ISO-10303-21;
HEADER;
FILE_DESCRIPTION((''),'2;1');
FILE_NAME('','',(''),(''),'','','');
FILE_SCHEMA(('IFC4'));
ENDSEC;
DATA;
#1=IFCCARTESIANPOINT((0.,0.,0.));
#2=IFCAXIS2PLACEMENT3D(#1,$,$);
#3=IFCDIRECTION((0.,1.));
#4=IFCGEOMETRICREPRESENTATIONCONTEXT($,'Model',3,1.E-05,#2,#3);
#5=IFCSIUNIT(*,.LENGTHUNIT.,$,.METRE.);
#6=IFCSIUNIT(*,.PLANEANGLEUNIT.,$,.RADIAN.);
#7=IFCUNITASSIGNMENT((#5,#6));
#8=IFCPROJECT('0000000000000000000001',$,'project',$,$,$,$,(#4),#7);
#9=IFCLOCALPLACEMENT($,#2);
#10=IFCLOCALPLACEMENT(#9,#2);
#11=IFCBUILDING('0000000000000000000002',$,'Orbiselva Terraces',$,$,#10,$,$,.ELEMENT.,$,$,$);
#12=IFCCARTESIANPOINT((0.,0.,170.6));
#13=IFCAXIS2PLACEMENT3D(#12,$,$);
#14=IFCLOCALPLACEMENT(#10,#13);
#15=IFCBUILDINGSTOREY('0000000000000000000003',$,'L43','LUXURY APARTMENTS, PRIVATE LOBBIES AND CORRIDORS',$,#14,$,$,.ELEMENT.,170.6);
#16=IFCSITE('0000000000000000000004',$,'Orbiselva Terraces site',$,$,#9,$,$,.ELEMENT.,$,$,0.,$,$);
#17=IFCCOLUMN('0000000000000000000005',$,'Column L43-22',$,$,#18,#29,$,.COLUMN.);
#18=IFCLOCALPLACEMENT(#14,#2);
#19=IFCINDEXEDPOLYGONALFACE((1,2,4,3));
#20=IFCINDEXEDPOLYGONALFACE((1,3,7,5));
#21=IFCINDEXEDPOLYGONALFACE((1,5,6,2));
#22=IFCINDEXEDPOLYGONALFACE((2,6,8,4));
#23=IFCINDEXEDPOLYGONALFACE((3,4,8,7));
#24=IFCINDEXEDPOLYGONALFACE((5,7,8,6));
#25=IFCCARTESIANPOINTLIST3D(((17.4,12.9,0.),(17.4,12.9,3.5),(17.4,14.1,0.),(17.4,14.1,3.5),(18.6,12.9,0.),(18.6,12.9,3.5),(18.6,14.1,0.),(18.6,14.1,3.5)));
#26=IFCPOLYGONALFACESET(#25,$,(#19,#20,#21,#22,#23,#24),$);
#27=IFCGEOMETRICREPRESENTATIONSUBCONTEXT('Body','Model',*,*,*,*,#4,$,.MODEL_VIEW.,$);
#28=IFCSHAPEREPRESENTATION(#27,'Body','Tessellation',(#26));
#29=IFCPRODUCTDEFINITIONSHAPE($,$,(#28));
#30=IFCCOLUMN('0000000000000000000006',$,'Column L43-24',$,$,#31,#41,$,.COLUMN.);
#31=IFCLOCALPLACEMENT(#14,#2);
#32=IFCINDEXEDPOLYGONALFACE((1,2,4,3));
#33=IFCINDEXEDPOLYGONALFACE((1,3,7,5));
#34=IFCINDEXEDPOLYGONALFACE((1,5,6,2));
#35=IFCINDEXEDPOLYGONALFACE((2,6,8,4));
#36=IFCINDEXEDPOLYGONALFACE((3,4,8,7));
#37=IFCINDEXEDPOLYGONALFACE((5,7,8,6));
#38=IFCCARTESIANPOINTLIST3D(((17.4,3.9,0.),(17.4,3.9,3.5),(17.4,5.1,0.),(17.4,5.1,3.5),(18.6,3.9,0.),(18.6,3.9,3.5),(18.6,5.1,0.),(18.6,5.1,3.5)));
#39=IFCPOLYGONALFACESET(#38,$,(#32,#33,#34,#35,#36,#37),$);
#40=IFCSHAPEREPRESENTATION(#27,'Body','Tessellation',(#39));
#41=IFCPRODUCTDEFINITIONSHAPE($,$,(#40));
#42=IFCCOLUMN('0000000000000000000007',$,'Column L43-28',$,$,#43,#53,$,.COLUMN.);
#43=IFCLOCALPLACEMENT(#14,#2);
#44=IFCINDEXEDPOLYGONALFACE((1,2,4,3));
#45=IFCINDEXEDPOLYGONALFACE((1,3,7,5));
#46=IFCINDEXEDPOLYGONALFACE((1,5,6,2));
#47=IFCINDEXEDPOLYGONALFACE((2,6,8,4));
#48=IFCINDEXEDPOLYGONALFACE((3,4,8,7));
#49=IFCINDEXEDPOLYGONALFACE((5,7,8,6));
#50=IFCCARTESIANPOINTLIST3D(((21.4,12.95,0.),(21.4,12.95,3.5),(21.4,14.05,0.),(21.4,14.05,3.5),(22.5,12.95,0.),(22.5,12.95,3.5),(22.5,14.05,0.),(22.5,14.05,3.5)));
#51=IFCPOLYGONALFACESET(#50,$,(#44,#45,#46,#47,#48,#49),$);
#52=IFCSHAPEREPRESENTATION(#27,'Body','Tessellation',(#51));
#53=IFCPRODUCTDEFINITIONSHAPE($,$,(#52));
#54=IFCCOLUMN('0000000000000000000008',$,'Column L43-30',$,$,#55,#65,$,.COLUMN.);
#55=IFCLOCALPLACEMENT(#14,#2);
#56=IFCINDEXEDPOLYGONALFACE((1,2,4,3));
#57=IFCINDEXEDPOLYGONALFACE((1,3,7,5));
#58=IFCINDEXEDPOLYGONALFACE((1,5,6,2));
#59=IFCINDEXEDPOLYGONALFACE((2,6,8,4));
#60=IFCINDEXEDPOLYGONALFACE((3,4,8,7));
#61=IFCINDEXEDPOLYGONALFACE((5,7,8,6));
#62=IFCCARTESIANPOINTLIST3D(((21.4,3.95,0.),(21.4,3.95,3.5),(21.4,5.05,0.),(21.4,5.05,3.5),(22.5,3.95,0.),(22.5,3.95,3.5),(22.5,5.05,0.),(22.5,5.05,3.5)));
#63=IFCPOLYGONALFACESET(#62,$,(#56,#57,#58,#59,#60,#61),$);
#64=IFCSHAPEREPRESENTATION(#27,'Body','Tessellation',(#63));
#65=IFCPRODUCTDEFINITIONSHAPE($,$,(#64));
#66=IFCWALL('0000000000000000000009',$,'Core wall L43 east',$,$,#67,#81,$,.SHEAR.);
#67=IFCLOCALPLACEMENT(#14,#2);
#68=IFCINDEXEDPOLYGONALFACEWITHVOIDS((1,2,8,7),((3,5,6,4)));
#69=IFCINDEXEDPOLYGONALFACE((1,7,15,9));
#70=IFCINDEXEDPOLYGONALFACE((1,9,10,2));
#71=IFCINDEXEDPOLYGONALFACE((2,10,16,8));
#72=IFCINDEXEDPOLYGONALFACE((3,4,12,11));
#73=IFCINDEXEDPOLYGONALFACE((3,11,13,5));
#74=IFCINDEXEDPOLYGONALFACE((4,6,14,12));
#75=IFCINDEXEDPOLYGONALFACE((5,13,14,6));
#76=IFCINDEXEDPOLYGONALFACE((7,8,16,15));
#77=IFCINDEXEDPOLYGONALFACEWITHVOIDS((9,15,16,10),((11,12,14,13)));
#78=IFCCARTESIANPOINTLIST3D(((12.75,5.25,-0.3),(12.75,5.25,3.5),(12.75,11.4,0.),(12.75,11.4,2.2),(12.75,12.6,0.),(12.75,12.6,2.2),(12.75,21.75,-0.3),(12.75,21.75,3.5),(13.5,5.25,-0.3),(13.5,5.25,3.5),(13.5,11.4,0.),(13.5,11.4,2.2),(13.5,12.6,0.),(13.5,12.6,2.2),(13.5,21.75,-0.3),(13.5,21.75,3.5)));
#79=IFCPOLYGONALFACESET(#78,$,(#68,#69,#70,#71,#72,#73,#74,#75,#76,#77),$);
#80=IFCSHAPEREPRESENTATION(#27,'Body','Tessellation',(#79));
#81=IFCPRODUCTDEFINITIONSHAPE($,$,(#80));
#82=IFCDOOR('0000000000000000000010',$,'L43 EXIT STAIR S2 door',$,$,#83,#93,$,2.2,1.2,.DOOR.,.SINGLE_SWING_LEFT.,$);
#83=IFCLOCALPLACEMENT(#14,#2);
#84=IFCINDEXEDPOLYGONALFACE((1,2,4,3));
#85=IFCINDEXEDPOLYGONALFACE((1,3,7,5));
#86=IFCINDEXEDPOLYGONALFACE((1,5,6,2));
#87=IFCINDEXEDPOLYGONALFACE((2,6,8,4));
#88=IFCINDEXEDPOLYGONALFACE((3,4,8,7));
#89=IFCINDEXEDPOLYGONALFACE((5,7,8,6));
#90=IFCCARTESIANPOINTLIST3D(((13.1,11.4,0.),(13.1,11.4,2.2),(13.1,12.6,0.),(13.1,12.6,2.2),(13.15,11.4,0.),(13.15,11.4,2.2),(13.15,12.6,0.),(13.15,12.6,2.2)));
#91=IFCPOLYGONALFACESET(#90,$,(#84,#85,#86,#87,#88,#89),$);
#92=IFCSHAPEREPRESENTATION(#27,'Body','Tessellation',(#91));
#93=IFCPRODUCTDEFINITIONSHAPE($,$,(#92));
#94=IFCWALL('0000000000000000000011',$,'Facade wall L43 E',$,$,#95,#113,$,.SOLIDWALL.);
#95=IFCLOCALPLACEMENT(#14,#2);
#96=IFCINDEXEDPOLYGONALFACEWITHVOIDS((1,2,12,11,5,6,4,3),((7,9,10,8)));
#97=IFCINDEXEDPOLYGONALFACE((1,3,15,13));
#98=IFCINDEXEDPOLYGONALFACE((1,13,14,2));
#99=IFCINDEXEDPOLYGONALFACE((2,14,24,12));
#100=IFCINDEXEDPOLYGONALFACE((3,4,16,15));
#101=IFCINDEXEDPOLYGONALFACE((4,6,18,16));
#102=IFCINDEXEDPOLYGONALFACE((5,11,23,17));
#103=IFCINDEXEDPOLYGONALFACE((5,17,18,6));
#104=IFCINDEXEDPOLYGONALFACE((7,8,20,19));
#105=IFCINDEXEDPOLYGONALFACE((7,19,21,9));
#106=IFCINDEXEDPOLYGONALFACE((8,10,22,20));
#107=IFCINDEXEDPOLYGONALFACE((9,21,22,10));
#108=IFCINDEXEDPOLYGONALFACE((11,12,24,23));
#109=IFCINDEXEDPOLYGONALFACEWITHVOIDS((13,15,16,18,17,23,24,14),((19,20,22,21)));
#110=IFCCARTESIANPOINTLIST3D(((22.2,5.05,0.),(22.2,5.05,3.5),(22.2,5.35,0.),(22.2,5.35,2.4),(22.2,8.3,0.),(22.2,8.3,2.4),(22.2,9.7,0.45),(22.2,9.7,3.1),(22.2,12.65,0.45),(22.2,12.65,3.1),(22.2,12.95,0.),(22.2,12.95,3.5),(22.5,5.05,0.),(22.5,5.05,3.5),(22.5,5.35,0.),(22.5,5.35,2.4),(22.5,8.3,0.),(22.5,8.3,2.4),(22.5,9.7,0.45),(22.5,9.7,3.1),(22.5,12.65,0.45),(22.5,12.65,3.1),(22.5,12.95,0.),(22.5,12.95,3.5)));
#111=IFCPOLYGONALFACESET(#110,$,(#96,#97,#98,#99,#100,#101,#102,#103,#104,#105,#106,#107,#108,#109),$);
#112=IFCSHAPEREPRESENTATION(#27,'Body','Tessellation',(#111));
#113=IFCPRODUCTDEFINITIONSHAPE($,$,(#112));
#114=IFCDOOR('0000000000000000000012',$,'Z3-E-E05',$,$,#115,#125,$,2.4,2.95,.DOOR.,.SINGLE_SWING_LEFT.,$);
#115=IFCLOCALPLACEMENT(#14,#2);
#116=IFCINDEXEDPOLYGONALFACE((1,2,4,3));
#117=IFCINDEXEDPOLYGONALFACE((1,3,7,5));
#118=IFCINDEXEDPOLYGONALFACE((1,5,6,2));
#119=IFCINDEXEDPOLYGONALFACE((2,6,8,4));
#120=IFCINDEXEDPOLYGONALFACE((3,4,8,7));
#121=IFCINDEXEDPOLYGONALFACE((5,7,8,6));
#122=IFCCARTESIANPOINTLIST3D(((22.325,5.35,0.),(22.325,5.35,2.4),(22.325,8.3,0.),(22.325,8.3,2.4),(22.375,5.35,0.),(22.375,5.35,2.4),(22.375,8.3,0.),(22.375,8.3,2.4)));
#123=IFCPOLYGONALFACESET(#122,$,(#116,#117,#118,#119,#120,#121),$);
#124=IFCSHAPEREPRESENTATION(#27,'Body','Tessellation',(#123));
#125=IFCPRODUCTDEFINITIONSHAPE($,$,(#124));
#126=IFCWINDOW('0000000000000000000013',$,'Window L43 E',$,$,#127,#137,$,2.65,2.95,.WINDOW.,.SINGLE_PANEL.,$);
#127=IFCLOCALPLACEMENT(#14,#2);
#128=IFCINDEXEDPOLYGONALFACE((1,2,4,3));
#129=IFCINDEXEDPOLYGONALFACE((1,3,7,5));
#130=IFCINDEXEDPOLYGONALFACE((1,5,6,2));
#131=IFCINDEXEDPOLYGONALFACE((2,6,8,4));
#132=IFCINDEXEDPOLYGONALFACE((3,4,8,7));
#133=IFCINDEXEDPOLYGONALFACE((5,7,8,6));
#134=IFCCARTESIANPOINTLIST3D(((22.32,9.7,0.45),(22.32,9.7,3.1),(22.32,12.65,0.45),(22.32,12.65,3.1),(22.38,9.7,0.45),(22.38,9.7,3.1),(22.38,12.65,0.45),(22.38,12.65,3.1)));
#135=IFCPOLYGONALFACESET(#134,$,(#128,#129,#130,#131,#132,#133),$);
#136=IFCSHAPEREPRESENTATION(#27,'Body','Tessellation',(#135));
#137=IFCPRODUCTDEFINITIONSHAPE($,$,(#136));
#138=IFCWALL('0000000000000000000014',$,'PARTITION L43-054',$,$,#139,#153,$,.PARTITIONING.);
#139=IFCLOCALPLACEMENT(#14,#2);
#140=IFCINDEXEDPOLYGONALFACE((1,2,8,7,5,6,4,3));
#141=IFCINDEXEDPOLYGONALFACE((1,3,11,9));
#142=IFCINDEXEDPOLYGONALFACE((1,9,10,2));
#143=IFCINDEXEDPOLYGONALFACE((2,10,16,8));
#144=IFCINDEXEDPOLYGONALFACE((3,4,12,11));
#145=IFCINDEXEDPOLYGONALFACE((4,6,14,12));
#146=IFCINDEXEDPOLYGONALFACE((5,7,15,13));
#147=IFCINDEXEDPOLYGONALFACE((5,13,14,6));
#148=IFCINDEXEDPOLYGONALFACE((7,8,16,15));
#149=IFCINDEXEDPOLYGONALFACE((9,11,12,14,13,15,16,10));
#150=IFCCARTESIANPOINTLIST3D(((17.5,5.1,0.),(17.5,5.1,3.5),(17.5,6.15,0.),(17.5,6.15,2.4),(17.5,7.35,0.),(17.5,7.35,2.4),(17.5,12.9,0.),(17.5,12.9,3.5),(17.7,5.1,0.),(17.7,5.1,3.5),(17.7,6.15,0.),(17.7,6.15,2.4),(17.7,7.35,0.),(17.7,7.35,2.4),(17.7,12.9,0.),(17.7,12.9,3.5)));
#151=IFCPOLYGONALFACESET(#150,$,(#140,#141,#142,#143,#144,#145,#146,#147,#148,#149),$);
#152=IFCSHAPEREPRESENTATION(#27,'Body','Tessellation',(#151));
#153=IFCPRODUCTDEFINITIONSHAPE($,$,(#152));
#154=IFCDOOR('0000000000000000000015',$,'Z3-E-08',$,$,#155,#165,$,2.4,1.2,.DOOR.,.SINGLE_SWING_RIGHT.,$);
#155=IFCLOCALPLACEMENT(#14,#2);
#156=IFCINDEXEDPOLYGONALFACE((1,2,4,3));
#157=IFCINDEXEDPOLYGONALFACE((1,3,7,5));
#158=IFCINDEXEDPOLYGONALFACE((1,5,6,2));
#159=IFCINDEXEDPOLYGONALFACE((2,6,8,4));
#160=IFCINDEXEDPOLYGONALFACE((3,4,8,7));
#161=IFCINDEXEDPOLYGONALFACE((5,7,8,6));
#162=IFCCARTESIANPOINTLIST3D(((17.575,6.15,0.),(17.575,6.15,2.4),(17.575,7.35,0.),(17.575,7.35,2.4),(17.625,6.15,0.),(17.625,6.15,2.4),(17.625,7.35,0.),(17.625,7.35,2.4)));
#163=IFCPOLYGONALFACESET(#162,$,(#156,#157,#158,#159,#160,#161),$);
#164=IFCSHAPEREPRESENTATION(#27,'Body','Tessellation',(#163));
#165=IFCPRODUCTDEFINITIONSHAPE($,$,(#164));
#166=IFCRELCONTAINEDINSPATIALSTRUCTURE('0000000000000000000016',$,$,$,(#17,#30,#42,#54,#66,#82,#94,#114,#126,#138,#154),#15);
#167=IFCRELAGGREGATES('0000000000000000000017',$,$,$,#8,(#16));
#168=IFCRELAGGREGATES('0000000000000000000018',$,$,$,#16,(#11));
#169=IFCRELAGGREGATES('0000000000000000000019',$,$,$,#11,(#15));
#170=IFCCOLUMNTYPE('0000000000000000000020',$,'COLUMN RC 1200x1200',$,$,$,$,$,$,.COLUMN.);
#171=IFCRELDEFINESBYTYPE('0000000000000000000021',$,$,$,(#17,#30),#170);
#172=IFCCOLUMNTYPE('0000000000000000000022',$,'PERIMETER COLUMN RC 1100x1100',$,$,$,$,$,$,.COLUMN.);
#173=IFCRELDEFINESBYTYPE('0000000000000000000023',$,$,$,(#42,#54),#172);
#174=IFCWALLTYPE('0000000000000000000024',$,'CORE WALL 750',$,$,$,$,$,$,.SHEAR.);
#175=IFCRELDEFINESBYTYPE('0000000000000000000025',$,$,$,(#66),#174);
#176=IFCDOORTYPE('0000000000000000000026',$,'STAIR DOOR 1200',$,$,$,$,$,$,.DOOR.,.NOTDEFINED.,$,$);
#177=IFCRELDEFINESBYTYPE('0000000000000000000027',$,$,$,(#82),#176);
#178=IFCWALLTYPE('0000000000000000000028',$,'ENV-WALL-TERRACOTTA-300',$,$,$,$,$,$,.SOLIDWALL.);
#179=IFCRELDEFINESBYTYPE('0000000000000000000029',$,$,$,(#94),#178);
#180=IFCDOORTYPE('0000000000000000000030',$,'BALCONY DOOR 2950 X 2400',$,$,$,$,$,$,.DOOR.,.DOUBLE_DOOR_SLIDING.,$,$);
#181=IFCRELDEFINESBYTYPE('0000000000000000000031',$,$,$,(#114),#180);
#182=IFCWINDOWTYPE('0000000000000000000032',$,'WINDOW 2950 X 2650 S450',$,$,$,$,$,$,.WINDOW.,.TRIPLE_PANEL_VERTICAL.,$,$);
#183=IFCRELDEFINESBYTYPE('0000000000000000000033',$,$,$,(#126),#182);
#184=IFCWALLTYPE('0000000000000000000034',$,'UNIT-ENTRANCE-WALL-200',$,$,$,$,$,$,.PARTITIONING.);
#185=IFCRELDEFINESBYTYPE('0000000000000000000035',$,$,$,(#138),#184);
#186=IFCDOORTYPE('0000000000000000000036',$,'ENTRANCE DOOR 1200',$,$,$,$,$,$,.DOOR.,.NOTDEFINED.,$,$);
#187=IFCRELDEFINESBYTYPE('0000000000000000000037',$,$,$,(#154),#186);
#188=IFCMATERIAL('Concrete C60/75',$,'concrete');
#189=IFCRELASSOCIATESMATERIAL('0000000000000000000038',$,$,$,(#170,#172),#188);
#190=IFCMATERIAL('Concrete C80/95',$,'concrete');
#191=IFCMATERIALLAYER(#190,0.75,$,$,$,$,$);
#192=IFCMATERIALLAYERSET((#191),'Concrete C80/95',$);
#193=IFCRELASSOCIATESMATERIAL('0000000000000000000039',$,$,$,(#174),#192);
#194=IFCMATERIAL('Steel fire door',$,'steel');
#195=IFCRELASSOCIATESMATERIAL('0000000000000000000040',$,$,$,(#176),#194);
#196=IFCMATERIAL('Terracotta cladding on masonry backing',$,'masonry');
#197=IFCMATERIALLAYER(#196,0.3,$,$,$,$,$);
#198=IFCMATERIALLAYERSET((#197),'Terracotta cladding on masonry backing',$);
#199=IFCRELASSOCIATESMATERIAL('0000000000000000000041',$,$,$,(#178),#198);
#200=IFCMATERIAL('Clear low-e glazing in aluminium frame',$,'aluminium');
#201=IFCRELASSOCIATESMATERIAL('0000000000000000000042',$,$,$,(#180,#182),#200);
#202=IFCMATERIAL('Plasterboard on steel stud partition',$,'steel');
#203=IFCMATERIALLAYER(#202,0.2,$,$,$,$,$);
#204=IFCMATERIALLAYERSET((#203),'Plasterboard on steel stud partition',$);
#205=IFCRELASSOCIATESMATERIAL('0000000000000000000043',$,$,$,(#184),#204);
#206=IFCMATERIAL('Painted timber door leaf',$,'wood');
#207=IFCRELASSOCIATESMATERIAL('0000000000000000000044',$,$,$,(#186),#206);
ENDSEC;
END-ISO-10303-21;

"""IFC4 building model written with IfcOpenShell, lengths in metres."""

from ifc_helpers import new_model, si_unit, direction, frame, frame_2d, origin, origin_2d, place, context, subcontext, project, spatial, rectangle, extrude, material, layer, layer_set, material_profile, profile_set, type_object, element, fill, save


model = new_model("IFC4")

# Units and contexts
model_context = context("Model", 3, precision=1e-05, world=origin(), true_north=direction((0.0, 1.0)))
body_context = subcontext(model_context, "Body", "Model", "MODEL_VIEW")
ifc_project = project(units=[si_unit("LENGTHUNIT", "METRE"), si_unit("PLANEANGLEUNIT", "RADIAN")], contexts=[model_context])

# Site, building, storey
site_placement = place(None, origin())
site = spatial("IfcSite", under=ifc_project, at=site_placement, Name="Orbiselva Terraces site", CompositionType="ELEMENT", RefElevation=0.0)
building_placement = place(site_placement, origin())
building = spatial("IfcBuilding", under=site, at=building_placement, Name="Orbiselva Terraces", CompositionType="ELEMENT")
storey_placement = place(building_placement, frame((0.0, 0.0, 170.6)))
storey = spatial("IfcBuildingStorey", under=building, at=storey_placement, Name="L43", Description="LUXURY APARTMENTS, PRIVATE LOBBIES AND CORRIDORS", CompositionType="ELEMENT", Elevation=170.6)

# Columns
ifc_material_1 = material(Name="Concrete C60/75", Category="concrete")
ifc_material_profile_1 = material_profile(ifc_material_1, rectangle(XDim=1.2, YDim=1.2, at=origin_2d()), Name="RC 1200x1200")
ifc_profile_set_1 = profile_set([ifc_material_profile_1], Name="Concrete C60/75")
column_type_1 = type_object("IfcColumnType", Name="COLUMN RC 1200x1200", PredefinedType="COLUMN", material=ifc_profile_set_1)
for number, where, z_axis, x_axis, name in (
    (1, (18.0, 13.5, 0.0), (0.0, 0.0, 1.0), (1.0, 0.0, 0.0), "Column L43-22"),
    (2, (18.0, 4.5, 0.0), (0.0, 0.0, 1.0), (1.0, 0.0, 0.0), "Column L43-24"),
):
    element("IfcColumn", number, at=place(storey_placement, frame(where, z_axis=z_axis, x_axis=x_axis)), inside=storey, type_object=column_type_1, Name=name, PredefinedType="COLUMN", context=body_context, shape_type="SweptSolid", body=[
        extrude(rectangle(XDim=1.2, YDim=1.2, at=origin_2d()), origin(), (0.0, 0.0, 1.0), 3.5),
    ])
ifc_material_profile_2 = material_profile(ifc_material_1, rectangle(XDim=1.1, YDim=1.1, at=origin_2d()), Name="RC 1100x1100")
ifc_profile_set_2 = profile_set([ifc_material_profile_2], Name="Concrete C60/75")
column_type_2 = type_object("IfcColumnType", Name="PERIMETER COLUMN RC 1100x1100", PredefinedType="COLUMN", material=ifc_profile_set_2)
for number, where, z_axis, x_axis, name in (
    (3, (21.95, 13.5, 0.0), (0.0, 0.0, 1.0), (1.0, 0.0, 0.0), "Column L43-28"),
    (4, (21.95, 4.5, 0.0), (0.0, 0.0, 1.0), (1.0, 0.0, 0.0), "Column L43-30"),
):
    element("IfcColumn", number, at=place(storey_placement, frame(where, z_axis=z_axis, x_axis=x_axis)), inside=storey, type_object=column_type_2, Name=name, PredefinedType="COLUMN", context=body_context, shape_type="SweptSolid", body=[
        extrude(rectangle(XDim=1.1, YDim=1.1, at=origin_2d()), origin(), (0.0, 0.0, 1.0), 3.5),
    ])

# Wall, opening, door
ifc_material_2 = material(Name="Concrete C80/95", Category="concrete")
ifc_layer_1 = layer(ifc_material_2, 0.75)
ifc_layer_set_1 = layer_set([ifc_layer_1], Name="Concrete C80/95")
wall_type_1 = type_object("IfcWallType", Name="CORE WALL 750", PredefinedType="SHEAR", material=ifc_layer_set_1)
wall_1_placement = place(storey_placement, frame((13.125, 5.25, -0.3), z_axis=(0.0, 0.0, 1.0), x_axis=(0.0, 1.0, 0.0)))
wall_1 = element("IfcWall", 5, at=wall_1_placement, inside=storey, type_object=wall_type_1, Name="Core wall L43 east", PredefinedType="SHEAR", context=body_context, shape_type="SweptSolid", body=[
    extrude(rectangle(XDim=16.5, YDim=0.75, at=frame_2d((8.25, 0.0))), origin(), (0.0, 0.0, 1.0), 3.8),
])
opening_1_placement = place(wall_1_placement, frame((6.15, 0.0, 0.3)))
opening_1 = element("IfcOpeningElement", 6, at=opening_1_placement, cuts=wall_1, PredefinedType="OPENING", context=body_context, shape_type="SweptSolid", body=[
    extrude(rectangle(XDim=1.2, YDim=2.2, at=frame_2d((0.6, 1.1))), frame((0.0, 0.385, 0.0), z_axis=(0.0, -1.0, 0.0), x_axis=(1.0, 0.0, 0.0)), (0.0, 0.0, 1.0), 0.77),
])
ifc_material_3 = material(Name="Steel fire door", Category="steel")
door_type_1 = type_object("IfcDoorType", Name="STAIR DOOR 1200", OperationType="NOTDEFINED", PredefinedType="DOOR", material=ifc_material_3)
door_1_placement = place(opening_1_placement, frame((1.2, 0.0, 0.0), z_axis=(0.0, 0.0, 1.0), x_axis=(-1.0, 0.0, 0.0)))
door_1 = element("IfcDoor", 7, at=door_1_placement, inside=storey, type_object=door_type_1, Name="L43 EXIT STAIR S2 door", OperationType="SINGLE_SWING_LEFT", OverallHeight=2.2, OverallWidth=1.2, PredefinedType="DOOR", context=body_context, shape_type="SweptSolid", body=[
    extrude(rectangle(XDim=1.2, YDim=2.2, at=frame_2d((0.6, 1.1))), frame((0.0, 0.025, 0.0), z_axis=(0.0, -1.0, 0.0), x_axis=(1.0, 0.0, 0.0)), (0.0, 0.0, 1.0), 0.05),
])
fill(opening_1, door_1)

# Wall, openings, door, window
ifc_material_4 = material(Name="Terracotta cladding on masonry backing", Category="masonry")
ifc_layer_2 = layer(ifc_material_4, 0.3)
ifc_layer_set_2 = layer_set([ifc_layer_2], Name="Terracotta cladding on masonry backing")
wall_type_2 = type_object("IfcWallType", Name="ENV-WALL-TERRACOTTA-300", PredefinedType="SOLIDWALL", material=ifc_layer_set_2)
wall_2_placement = place(storey_placement, frame((22.35, 12.95, 0.0), z_axis=(0.0, 0.0, 1.0), x_axis=(0.0, -1.0, 0.0)))
wall_2 = element("IfcWall", 8, at=wall_2_placement, inside=storey, type_object=wall_type_2, Name="Facade wall L43 E", PredefinedType="SOLIDWALL", context=body_context, shape_type="SweptSolid", body=[
    extrude(rectangle(XDim=7.9, YDim=0.3, at=frame_2d((3.95, 0.0))), origin(), (0.0, 0.0, 1.0), 3.5),
])
opening_2_placement = place(wall_2_placement, frame((4.65, 0.0, 0.0)))
opening_2 = element("IfcOpeningElement", 9, at=opening_2_placement, cuts=wall_2, PredefinedType="OPENING", context=body_context, shape_type="SweptSolid", body=[
    extrude(rectangle(XDim=2.95, YDim=2.4, at=frame_2d((1.475, 1.2))), frame((0.0, 0.16, 0.0), z_axis=(0.0, -1.0, 0.0), x_axis=(1.0, 0.0, 0.0)), (0.0, 0.0, 1.0), 0.32),
])
opening_3_placement = place(wall_2_placement, frame((0.3, 0.0, 0.45)))
opening_3 = element("IfcOpeningElement", 10, at=opening_3_placement, cuts=wall_2, PredefinedType="OPENING", context=body_context, shape_type="SweptSolid", body=[
    extrude(rectangle(XDim=2.95, YDim=2.65, at=frame_2d((1.475, 1.325))), frame((0.0, 0.16, 0.0), z_axis=(0.0, -1.0, 0.0), x_axis=(1.0, 0.0, 0.0)), (0.0, 0.0, 1.0), 0.32),
])
ifc_material_5 = material(Name="Clear low-e glazing in aluminium frame", Category="aluminium")
door_type_2 = type_object("IfcDoorType", Name="BALCONY DOOR 2950 X 2400", OperationType="DOUBLE_DOOR_SLIDING", PredefinedType="DOOR", material=ifc_material_5)
door_2_placement = place(opening_2_placement, origin())
door_2 = element("IfcDoor", 11, at=door_2_placement, inside=storey, type_object=door_type_2, Name="Z3-E-E05", OperationType="SINGLE_SWING_LEFT", OverallHeight=2.4, OverallWidth=2.95, PredefinedType="DOOR", context=body_context, shape_type="SweptSolid", body=[
    extrude(rectangle(XDim=2.95, YDim=2.4, at=frame_2d((1.475, 1.2))), frame((0.0, 0.025, 0.0), z_axis=(0.0, -1.0, 0.0), x_axis=(1.0, 0.0, 0.0)), (0.0, 0.0, 1.0), 0.05),
])
fill(opening_2, door_2)
window_type = type_object("IfcWindowType", Name="WINDOW 2950 X 2650 S450", PartitioningType="TRIPLE_PANEL_VERTICAL", PredefinedType="WINDOW", material=ifc_material_5)
window_placement = place(opening_3_placement, origin())
window = element("IfcWindow", 12, at=window_placement, inside=storey, type_object=window_type, Name="Window L43 E", OverallHeight=2.65, OverallWidth=2.95, PartitioningType="SINGLE_PANEL", PredefinedType="WINDOW", context=body_context, shape_type="SweptSolid", body=[
    extrude(rectangle(XDim=2.95, YDim=2.65, at=frame_2d((1.475, 1.325))), frame((0.0, 0.03, 0.0), z_axis=(0.0, -1.0, 0.0), x_axis=(1.0, 0.0, 0.0)), (0.0, 0.0, 1.0), 0.06),
])
fill(opening_3, window)

# Wall, opening, door
ifc_material_6 = material(Name="Plasterboard on steel stud partition", Category="steel")
ifc_layer_3 = layer(ifc_material_6, 0.2)
ifc_layer_set_3 = layer_set([ifc_layer_3], Name="Plasterboard on steel stud partition")
wall_type_3 = type_object("IfcWallType", Name="UNIT-ENTRANCE-WALL-200", PredefinedType="PARTITIONING", material=ifc_layer_set_3)
wall_3_placement = place(storey_placement, frame((17.6, 12.9, 0.0), z_axis=(0.0, 0.0, 1.0), x_axis=(0.0, -1.0, 0.0)))
wall_3 = element("IfcWall", 13, at=wall_3_placement, inside=storey, type_object=wall_type_3, Name="PARTITION L43-054", PredefinedType="PARTITIONING", context=body_context, shape_type="SweptSolid", body=[
    extrude(rectangle(XDim=7.8, YDim=0.2, at=frame_2d((3.9, 0.0))), origin(), (0.0, 0.0, 1.0), 3.5),
])
opening_4_placement = place(wall_3_placement, frame((5.55, 0.0, 0.0)))
opening_4 = element("IfcOpeningElement", 14, at=opening_4_placement, cuts=wall_3, PredefinedType="OPENING", context=body_context, shape_type="SweptSolid", body=[
    extrude(rectangle(XDim=1.2, YDim=2.4, at=frame_2d((0.6, 1.2))), frame((0.0, 0.11, 0.0), z_axis=(0.0, -1.0, 0.0), x_axis=(1.0, 0.0, 0.0)), (0.0, 0.0, 1.0), 0.22),
])
ifc_material_7 = material(Name="Painted timber door leaf", Category="wood")
door_type_3 = type_object("IfcDoorType", Name="ENTRANCE DOOR 1200", OperationType="NOTDEFINED", PredefinedType="DOOR", material=ifc_material_7)
door_3_placement = place(opening_4_placement, origin())
door_3 = element("IfcDoor", 15, at=door_3_placement, inside=storey, type_object=door_type_3, Name="Z3-E-08", OperationType="SINGLE_SWING_RIGHT", OverallHeight=2.4, OverallWidth=1.2, PredefinedType="DOOR", context=body_context, shape_type="SweptSolid", body=[
    extrude(rectangle(XDim=1.2, YDim=2.4, at=frame_2d((0.6, 1.2))), frame((0.0, 0.025, 0.0), z_axis=(0.0, -1.0, 0.0), x_axis=(1.0, 0.0, 0.0)), (0.0, 0.0, 1.0), 0.05),
])
fill(opening_4, door_3)

save(model, "model.ifc")
